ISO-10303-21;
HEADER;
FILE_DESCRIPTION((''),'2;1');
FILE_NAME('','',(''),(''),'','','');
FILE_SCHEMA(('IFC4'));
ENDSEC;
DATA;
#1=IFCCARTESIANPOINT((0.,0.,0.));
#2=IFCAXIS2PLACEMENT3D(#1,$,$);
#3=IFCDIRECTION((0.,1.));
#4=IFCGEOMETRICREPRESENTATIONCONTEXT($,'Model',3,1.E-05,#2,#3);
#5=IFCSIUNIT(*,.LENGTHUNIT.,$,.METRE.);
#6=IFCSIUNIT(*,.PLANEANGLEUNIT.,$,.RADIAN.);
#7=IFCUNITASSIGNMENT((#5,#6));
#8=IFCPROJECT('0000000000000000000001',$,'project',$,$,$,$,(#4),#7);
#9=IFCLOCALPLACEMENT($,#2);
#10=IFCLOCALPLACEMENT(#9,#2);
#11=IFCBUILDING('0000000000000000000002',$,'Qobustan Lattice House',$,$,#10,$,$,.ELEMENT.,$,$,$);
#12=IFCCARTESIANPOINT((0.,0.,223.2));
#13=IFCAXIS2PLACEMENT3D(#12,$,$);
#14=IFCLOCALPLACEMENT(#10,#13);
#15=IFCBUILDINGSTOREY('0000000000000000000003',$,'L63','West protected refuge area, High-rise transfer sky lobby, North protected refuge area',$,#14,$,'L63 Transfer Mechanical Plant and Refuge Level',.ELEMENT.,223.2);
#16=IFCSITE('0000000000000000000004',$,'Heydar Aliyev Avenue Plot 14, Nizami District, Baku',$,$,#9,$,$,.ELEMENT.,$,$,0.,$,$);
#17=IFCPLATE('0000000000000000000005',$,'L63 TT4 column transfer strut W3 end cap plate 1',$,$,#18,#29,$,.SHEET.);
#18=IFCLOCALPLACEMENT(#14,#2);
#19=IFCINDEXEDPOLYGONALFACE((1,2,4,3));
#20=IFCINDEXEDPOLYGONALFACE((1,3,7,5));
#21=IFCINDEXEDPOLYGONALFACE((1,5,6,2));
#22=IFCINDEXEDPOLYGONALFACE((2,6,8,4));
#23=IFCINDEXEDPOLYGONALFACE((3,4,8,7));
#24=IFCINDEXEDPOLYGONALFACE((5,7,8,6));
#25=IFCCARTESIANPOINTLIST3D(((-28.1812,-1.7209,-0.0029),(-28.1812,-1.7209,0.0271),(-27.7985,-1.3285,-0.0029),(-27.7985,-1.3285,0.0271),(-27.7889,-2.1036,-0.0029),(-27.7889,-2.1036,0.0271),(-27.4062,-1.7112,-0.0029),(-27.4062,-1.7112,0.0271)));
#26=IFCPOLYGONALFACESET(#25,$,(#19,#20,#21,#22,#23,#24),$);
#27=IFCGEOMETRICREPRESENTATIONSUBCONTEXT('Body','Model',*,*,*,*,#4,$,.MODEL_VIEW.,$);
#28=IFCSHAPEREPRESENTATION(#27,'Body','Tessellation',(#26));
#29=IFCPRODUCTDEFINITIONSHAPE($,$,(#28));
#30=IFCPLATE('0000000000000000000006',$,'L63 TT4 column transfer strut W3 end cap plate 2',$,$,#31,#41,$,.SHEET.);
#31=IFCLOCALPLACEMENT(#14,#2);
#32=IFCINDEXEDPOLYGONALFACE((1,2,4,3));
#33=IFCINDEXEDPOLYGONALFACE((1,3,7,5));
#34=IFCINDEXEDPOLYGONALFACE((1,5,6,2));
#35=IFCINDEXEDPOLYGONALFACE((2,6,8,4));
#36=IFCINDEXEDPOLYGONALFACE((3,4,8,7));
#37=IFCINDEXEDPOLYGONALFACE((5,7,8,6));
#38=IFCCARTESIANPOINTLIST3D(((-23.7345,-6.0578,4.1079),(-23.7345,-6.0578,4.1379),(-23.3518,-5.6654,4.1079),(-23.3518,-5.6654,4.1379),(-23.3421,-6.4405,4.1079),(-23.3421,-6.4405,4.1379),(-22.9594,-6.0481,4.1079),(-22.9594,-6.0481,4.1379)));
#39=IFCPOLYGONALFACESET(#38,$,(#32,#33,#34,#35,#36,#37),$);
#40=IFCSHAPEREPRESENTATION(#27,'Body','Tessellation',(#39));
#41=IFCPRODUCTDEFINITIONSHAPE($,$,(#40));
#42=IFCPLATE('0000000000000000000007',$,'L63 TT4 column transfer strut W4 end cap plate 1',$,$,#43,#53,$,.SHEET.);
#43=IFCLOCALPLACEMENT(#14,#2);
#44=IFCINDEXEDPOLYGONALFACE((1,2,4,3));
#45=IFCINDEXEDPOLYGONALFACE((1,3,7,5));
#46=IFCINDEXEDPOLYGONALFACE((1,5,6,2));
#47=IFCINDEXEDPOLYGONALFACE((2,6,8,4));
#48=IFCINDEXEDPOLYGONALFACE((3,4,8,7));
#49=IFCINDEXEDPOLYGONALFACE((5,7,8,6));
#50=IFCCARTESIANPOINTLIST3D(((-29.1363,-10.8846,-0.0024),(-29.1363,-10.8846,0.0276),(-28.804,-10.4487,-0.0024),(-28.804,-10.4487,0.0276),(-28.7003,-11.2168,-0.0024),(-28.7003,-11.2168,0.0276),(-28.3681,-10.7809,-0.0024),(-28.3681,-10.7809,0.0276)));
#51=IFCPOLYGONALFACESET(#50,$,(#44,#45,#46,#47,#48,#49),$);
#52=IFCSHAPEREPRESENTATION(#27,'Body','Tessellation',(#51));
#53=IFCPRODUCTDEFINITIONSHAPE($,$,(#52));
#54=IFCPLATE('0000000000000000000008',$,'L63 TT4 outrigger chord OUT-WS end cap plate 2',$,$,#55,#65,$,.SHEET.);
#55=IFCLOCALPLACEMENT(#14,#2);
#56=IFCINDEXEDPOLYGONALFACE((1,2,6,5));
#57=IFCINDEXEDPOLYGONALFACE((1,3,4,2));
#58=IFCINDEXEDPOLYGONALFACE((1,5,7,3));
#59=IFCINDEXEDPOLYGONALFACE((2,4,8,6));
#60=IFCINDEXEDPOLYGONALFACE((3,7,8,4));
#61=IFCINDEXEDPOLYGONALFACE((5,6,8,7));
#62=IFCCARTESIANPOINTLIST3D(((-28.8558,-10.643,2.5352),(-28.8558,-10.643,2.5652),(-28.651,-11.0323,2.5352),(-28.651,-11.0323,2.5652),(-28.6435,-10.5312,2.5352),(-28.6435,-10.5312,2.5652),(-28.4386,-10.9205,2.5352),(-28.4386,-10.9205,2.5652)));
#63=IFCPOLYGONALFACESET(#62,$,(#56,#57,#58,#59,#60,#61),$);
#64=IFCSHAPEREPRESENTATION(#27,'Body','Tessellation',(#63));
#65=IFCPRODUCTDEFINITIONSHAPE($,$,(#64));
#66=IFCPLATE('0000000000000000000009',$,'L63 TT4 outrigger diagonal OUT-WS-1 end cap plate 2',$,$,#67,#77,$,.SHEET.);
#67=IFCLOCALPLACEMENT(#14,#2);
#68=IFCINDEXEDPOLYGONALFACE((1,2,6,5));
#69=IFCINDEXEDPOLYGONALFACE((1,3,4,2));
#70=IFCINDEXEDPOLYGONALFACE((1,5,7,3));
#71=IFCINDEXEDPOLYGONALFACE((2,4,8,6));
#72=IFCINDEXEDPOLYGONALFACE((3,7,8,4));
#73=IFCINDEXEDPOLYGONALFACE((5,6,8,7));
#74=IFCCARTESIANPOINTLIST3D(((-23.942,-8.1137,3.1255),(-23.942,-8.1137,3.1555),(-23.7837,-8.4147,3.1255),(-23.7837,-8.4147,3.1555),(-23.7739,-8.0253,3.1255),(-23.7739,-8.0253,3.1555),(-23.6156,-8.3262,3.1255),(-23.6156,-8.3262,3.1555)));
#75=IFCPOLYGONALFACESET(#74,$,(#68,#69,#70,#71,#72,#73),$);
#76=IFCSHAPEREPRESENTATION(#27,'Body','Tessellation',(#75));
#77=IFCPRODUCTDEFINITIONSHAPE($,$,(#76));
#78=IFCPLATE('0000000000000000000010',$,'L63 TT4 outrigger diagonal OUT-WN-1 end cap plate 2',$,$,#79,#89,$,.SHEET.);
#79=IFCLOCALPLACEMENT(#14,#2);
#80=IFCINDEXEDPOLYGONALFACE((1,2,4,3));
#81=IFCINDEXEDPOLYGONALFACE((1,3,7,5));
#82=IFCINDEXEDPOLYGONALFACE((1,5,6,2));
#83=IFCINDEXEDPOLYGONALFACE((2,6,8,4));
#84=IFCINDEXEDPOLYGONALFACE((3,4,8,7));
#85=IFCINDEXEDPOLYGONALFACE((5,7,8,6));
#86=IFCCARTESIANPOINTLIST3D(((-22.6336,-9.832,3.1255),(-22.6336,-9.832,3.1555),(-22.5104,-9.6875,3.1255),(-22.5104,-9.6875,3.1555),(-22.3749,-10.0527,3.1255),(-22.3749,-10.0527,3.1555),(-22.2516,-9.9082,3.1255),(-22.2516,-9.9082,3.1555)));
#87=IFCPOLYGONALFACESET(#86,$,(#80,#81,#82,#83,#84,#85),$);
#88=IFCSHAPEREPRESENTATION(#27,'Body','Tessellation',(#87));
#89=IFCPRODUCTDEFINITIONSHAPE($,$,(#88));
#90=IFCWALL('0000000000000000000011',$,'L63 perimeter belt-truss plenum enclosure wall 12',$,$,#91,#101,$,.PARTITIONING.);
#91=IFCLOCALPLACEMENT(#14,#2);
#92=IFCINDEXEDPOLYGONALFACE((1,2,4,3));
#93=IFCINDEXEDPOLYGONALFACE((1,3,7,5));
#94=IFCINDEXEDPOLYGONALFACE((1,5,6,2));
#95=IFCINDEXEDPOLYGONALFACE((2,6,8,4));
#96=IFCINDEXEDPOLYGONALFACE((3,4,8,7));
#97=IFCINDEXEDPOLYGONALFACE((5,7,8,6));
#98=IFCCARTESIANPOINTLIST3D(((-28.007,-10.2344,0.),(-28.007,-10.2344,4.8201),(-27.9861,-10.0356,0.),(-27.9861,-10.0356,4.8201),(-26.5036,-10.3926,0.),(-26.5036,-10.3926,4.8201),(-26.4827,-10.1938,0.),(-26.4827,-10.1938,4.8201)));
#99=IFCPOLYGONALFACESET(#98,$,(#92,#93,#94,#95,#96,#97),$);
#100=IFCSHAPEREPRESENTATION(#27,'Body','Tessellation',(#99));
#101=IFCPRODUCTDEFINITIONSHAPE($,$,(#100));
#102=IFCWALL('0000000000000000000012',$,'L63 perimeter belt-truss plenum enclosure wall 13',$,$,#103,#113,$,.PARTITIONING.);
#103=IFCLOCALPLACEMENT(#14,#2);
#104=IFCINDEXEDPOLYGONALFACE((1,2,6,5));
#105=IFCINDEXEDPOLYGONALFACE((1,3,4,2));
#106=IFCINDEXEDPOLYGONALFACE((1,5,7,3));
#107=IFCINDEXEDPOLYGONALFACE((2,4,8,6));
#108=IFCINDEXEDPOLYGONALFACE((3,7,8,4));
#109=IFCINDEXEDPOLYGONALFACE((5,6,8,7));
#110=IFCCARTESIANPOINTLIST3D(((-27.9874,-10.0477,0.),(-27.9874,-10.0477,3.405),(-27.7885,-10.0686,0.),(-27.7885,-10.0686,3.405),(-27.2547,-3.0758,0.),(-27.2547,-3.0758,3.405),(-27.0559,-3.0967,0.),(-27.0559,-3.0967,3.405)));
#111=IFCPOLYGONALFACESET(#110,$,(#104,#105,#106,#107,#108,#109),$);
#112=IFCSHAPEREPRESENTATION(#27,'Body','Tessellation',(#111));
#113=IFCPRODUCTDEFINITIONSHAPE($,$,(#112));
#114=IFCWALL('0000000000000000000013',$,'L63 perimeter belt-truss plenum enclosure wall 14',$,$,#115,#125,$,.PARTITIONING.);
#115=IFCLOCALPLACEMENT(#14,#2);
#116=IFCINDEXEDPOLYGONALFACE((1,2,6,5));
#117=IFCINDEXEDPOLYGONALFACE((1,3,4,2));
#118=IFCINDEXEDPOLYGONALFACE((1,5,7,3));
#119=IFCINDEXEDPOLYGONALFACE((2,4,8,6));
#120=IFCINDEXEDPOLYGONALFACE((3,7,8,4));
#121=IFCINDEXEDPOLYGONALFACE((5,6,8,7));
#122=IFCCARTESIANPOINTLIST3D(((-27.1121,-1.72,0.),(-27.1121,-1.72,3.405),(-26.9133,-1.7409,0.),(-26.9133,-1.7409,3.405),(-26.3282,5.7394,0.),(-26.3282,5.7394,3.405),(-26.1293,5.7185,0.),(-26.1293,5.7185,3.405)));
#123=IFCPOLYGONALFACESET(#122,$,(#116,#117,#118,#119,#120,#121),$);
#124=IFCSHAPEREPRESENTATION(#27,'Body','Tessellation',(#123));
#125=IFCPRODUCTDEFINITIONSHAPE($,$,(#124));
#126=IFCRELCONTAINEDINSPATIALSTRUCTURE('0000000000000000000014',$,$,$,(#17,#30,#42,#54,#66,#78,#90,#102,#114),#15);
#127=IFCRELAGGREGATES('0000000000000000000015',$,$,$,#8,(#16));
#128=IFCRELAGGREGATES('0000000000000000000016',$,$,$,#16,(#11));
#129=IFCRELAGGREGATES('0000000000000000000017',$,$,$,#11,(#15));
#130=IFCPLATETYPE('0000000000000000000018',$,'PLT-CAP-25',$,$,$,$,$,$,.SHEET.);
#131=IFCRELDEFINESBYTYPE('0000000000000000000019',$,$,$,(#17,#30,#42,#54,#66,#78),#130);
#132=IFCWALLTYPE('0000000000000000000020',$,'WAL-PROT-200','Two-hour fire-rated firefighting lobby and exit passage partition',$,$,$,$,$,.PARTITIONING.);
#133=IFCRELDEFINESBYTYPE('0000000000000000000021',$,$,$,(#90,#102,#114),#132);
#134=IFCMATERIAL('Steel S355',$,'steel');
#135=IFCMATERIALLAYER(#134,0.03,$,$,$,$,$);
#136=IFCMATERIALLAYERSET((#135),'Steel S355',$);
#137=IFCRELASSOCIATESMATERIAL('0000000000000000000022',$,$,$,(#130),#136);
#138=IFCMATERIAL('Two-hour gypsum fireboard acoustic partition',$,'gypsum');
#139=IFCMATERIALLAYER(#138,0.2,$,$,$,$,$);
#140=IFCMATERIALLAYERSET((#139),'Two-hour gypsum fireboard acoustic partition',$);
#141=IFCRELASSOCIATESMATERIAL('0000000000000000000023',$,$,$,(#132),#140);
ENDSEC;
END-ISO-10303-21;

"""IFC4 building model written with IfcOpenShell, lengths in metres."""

from ifc_helpers import new_model, si_unit, direction, frame, frame_2d, origin, origin_2d, place, context, subcontext, project, spatial, rectangle, extrude, material, layer, layer_set, type_object, element, save


model = new_model("IFC4")

# Units and contexts
model_context = context("Model", 3, precision=1e-05, world=origin(), true_north=direction((0.0, 1.0)))
body_context = subcontext(model_context, "Body", "Model", "MODEL_VIEW")
ifc_project = project(units=[si_unit("LENGTHUNIT", "METRE"), si_unit("PLANEANGLEUNIT", "RADIAN")], contexts=[model_context])

# Site, building, storey
site_placement = place(None, origin())
site = spatial("IfcSite", under=ifc_project, at=site_placement, Name="Heydar Aliyev Avenue Plot 14, Nizami District, Baku", CompositionType="ELEMENT", RefElevation=0.0)
building_placement = place(site_placement, origin())
building = spatial("IfcBuilding", under=site, at=building_placement, Name="Qobustan Lattice House", CompositionType="ELEMENT")
storey_placement = place(building_placement, frame((0.0, 0.0, 223.2)))
storey = spatial("IfcBuildingStorey", under=building, at=storey_placement, Name="L63", Description="West protected refuge area, High-rise transfer sky lobby, North protected refuge area", LongName="L63 Transfer Mechanical Plant and Refuge Level", CompositionType="ELEMENT", Elevation=223.2)

# Plates
ifc_material_1 = material(Name="Steel S355", Category="steel")
ifc_layer_1 = layer(ifc_material_1, 0.03)
ifc_layer_set_1 = layer_set([ifc_layer_1], Name="Steel S355")
plate_type = type_object("IfcPlateType", Name="PLT-CAP-25", PredefinedType="SHEET", material=ifc_layer_set_1)
for number, where, z_axis, x_axis, name in (
    (1, (-27.7937, -1.7161, -0.0029), (0.0, 0.0, 1.0), (0.715888, -0.698215, 0.0), "L63 TT4 column transfer strut W3 end cap plate 1"),
    (2, (-23.3469, -6.053, 4.1079), (0.0, 0.0, 1.0), (0.715888, -0.698215, 0.0), "L63 TT4 column transfer strut W3 end cap plate 2"),
    (3, (-28.7522, -10.8328, -0.0024), (0.0, 0.0, 1.0), (0.795347, -0.606155, 0.0), "L63 TT4 column transfer strut W4 end cap plate 1"),
):
    element("IfcPlate", number, at=place(storey_placement, frame(where, z_axis=z_axis, x_axis=x_axis)), inside=storey, type_object=plate_type, Name=name, PredefinedType="SHEET", context=body_context, shape_type="SweptSolid", body=[
        extrude(rectangle(XDim=0.5481, YDim=0.5481, at=origin_2d()), origin(), (0.0, 0.0, 1.0), 0.03),
    ])
plate_1_placement = place(storey_placement, frame((-28.6472, -10.7817, 2.5352), z_axis=(0.0, 0.0, 1.0), x_axis=(-0.884955, -0.465676, 0.0)))
element("IfcPlate", 4, at=plate_1_placement, inside=storey, type_object=plate_type, Name="L63 TT4 outrigger chord OUT-WS end cap plate 2", PredefinedType="SHEET", context=body_context, shape_type="SweptSolid", body=[
    extrude(rectangle(XDim=0.24, YDim=0.4399, at=origin_2d()), origin(), (0.0, 0.0, 1.0), 0.03),
])
for number, where, z_axis, x_axis, name in (
    (5, (-23.7788, -8.22, 3.1255), (0.0, 0.0, 1.0), (-0.884955, -0.465676, 0.0), "L63 TT4 outrigger diagonal OUT-WS-1 end cap plate 2"),
    (6, (-22.4426, -9.8701, 3.1255), (0.0, 0.0, 1.0), (-0.64901, -0.76078, 0.0), "L63 TT4 outrigger diagonal OUT-WN-1 end cap plate 2"),
):
    element("IfcPlate", number, at=place(storey_placement, frame(where, z_axis=z_axis, x_axis=x_axis)), inside=storey, type_object=plate_type, Name=name, PredefinedType="SHEET", context=body_context, shape_type="SweptSolid", body=[
        extrude(rectangle(XDim=0.1899, YDim=0.3401, at=origin_2d()), origin(), (0.0, 0.0, 1.0), 0.03),
    ])

# Walls
ifc_material_2 = material(Name="Two-hour gypsum fireboard acoustic partition", Category="gypsum")
ifc_layer_2 = layer(ifc_material_2, 0.2)
ifc_layer_set_2 = layer_set([ifc_layer_2], Name="Two-hour gypsum fireboard acoustic partition")
wall_type = type_object("IfcWallType", Name="WAL-PROT-200", Description="Two-hour fire-rated firefighting lobby and exit passage partition", PredefinedType="PARTITIONING", material=ifc_layer_set_2)
wall_1_placement = place(storey_placement, frame((-26.4932, -10.2932, 0.0), z_axis=(0.0, 0.0, 1.0), x_axis=(-0.994509, 0.104651, 0.0)))
element("IfcWall", 7, at=wall_1_placement, inside=storey, type_object=wall_type, Name="L63 perimeter belt-truss plenum enclosure wall 12", PredefinedType="PARTITIONING", context=body_context, shape_type="SweptSolid", body=[
    extrude(rectangle(XDim=1.5117, YDim=0.2, at=frame_2d((0.7559, 0.0))), origin(), (0.0, 0.0, 1.0), 4.8201),
])
wall_2_placement = place(storey_placement, frame((-27.8879, -10.0581, 0.0), z_axis=(0.0, 0.0, 1.0), x_axis=(0.104513, 0.994524, 0.0)))
element("IfcWall", 8, at=wall_2_placement, inside=storey, type_object=wall_type, Name="L63 perimeter belt-truss plenum enclosure wall 13", PredefinedType="PARTITIONING", context=body_context, shape_type="SweptSolid", body=[
    extrude(rectangle(XDim=7.0103, YDim=0.2, at=frame_2d((3.5051, 0.0))), origin(), (0.0, 0.0, 1.0), 3.405),
])
wall_3_placement = place(storey_placement, frame((-27.0127, -1.7305, 0.0), z_axis=(0.0, 0.0, 1.0), x_axis=(0.104517, 0.994523, 0.0)))
element("IfcWall", 9, at=wall_3_placement, inside=storey, type_object=wall_type, Name="L63 perimeter belt-truss plenum enclosure wall 14", PredefinedType="PARTITIONING", context=body_context, shape_type="SweptSolid", body=[
    extrude(rectangle(XDim=7.5005, YDim=0.2, at=frame_2d((3.7502, 0.0))), origin(), (0.0, 0.0, 1.0), 3.405),
])

save(model, "model.ifc")
